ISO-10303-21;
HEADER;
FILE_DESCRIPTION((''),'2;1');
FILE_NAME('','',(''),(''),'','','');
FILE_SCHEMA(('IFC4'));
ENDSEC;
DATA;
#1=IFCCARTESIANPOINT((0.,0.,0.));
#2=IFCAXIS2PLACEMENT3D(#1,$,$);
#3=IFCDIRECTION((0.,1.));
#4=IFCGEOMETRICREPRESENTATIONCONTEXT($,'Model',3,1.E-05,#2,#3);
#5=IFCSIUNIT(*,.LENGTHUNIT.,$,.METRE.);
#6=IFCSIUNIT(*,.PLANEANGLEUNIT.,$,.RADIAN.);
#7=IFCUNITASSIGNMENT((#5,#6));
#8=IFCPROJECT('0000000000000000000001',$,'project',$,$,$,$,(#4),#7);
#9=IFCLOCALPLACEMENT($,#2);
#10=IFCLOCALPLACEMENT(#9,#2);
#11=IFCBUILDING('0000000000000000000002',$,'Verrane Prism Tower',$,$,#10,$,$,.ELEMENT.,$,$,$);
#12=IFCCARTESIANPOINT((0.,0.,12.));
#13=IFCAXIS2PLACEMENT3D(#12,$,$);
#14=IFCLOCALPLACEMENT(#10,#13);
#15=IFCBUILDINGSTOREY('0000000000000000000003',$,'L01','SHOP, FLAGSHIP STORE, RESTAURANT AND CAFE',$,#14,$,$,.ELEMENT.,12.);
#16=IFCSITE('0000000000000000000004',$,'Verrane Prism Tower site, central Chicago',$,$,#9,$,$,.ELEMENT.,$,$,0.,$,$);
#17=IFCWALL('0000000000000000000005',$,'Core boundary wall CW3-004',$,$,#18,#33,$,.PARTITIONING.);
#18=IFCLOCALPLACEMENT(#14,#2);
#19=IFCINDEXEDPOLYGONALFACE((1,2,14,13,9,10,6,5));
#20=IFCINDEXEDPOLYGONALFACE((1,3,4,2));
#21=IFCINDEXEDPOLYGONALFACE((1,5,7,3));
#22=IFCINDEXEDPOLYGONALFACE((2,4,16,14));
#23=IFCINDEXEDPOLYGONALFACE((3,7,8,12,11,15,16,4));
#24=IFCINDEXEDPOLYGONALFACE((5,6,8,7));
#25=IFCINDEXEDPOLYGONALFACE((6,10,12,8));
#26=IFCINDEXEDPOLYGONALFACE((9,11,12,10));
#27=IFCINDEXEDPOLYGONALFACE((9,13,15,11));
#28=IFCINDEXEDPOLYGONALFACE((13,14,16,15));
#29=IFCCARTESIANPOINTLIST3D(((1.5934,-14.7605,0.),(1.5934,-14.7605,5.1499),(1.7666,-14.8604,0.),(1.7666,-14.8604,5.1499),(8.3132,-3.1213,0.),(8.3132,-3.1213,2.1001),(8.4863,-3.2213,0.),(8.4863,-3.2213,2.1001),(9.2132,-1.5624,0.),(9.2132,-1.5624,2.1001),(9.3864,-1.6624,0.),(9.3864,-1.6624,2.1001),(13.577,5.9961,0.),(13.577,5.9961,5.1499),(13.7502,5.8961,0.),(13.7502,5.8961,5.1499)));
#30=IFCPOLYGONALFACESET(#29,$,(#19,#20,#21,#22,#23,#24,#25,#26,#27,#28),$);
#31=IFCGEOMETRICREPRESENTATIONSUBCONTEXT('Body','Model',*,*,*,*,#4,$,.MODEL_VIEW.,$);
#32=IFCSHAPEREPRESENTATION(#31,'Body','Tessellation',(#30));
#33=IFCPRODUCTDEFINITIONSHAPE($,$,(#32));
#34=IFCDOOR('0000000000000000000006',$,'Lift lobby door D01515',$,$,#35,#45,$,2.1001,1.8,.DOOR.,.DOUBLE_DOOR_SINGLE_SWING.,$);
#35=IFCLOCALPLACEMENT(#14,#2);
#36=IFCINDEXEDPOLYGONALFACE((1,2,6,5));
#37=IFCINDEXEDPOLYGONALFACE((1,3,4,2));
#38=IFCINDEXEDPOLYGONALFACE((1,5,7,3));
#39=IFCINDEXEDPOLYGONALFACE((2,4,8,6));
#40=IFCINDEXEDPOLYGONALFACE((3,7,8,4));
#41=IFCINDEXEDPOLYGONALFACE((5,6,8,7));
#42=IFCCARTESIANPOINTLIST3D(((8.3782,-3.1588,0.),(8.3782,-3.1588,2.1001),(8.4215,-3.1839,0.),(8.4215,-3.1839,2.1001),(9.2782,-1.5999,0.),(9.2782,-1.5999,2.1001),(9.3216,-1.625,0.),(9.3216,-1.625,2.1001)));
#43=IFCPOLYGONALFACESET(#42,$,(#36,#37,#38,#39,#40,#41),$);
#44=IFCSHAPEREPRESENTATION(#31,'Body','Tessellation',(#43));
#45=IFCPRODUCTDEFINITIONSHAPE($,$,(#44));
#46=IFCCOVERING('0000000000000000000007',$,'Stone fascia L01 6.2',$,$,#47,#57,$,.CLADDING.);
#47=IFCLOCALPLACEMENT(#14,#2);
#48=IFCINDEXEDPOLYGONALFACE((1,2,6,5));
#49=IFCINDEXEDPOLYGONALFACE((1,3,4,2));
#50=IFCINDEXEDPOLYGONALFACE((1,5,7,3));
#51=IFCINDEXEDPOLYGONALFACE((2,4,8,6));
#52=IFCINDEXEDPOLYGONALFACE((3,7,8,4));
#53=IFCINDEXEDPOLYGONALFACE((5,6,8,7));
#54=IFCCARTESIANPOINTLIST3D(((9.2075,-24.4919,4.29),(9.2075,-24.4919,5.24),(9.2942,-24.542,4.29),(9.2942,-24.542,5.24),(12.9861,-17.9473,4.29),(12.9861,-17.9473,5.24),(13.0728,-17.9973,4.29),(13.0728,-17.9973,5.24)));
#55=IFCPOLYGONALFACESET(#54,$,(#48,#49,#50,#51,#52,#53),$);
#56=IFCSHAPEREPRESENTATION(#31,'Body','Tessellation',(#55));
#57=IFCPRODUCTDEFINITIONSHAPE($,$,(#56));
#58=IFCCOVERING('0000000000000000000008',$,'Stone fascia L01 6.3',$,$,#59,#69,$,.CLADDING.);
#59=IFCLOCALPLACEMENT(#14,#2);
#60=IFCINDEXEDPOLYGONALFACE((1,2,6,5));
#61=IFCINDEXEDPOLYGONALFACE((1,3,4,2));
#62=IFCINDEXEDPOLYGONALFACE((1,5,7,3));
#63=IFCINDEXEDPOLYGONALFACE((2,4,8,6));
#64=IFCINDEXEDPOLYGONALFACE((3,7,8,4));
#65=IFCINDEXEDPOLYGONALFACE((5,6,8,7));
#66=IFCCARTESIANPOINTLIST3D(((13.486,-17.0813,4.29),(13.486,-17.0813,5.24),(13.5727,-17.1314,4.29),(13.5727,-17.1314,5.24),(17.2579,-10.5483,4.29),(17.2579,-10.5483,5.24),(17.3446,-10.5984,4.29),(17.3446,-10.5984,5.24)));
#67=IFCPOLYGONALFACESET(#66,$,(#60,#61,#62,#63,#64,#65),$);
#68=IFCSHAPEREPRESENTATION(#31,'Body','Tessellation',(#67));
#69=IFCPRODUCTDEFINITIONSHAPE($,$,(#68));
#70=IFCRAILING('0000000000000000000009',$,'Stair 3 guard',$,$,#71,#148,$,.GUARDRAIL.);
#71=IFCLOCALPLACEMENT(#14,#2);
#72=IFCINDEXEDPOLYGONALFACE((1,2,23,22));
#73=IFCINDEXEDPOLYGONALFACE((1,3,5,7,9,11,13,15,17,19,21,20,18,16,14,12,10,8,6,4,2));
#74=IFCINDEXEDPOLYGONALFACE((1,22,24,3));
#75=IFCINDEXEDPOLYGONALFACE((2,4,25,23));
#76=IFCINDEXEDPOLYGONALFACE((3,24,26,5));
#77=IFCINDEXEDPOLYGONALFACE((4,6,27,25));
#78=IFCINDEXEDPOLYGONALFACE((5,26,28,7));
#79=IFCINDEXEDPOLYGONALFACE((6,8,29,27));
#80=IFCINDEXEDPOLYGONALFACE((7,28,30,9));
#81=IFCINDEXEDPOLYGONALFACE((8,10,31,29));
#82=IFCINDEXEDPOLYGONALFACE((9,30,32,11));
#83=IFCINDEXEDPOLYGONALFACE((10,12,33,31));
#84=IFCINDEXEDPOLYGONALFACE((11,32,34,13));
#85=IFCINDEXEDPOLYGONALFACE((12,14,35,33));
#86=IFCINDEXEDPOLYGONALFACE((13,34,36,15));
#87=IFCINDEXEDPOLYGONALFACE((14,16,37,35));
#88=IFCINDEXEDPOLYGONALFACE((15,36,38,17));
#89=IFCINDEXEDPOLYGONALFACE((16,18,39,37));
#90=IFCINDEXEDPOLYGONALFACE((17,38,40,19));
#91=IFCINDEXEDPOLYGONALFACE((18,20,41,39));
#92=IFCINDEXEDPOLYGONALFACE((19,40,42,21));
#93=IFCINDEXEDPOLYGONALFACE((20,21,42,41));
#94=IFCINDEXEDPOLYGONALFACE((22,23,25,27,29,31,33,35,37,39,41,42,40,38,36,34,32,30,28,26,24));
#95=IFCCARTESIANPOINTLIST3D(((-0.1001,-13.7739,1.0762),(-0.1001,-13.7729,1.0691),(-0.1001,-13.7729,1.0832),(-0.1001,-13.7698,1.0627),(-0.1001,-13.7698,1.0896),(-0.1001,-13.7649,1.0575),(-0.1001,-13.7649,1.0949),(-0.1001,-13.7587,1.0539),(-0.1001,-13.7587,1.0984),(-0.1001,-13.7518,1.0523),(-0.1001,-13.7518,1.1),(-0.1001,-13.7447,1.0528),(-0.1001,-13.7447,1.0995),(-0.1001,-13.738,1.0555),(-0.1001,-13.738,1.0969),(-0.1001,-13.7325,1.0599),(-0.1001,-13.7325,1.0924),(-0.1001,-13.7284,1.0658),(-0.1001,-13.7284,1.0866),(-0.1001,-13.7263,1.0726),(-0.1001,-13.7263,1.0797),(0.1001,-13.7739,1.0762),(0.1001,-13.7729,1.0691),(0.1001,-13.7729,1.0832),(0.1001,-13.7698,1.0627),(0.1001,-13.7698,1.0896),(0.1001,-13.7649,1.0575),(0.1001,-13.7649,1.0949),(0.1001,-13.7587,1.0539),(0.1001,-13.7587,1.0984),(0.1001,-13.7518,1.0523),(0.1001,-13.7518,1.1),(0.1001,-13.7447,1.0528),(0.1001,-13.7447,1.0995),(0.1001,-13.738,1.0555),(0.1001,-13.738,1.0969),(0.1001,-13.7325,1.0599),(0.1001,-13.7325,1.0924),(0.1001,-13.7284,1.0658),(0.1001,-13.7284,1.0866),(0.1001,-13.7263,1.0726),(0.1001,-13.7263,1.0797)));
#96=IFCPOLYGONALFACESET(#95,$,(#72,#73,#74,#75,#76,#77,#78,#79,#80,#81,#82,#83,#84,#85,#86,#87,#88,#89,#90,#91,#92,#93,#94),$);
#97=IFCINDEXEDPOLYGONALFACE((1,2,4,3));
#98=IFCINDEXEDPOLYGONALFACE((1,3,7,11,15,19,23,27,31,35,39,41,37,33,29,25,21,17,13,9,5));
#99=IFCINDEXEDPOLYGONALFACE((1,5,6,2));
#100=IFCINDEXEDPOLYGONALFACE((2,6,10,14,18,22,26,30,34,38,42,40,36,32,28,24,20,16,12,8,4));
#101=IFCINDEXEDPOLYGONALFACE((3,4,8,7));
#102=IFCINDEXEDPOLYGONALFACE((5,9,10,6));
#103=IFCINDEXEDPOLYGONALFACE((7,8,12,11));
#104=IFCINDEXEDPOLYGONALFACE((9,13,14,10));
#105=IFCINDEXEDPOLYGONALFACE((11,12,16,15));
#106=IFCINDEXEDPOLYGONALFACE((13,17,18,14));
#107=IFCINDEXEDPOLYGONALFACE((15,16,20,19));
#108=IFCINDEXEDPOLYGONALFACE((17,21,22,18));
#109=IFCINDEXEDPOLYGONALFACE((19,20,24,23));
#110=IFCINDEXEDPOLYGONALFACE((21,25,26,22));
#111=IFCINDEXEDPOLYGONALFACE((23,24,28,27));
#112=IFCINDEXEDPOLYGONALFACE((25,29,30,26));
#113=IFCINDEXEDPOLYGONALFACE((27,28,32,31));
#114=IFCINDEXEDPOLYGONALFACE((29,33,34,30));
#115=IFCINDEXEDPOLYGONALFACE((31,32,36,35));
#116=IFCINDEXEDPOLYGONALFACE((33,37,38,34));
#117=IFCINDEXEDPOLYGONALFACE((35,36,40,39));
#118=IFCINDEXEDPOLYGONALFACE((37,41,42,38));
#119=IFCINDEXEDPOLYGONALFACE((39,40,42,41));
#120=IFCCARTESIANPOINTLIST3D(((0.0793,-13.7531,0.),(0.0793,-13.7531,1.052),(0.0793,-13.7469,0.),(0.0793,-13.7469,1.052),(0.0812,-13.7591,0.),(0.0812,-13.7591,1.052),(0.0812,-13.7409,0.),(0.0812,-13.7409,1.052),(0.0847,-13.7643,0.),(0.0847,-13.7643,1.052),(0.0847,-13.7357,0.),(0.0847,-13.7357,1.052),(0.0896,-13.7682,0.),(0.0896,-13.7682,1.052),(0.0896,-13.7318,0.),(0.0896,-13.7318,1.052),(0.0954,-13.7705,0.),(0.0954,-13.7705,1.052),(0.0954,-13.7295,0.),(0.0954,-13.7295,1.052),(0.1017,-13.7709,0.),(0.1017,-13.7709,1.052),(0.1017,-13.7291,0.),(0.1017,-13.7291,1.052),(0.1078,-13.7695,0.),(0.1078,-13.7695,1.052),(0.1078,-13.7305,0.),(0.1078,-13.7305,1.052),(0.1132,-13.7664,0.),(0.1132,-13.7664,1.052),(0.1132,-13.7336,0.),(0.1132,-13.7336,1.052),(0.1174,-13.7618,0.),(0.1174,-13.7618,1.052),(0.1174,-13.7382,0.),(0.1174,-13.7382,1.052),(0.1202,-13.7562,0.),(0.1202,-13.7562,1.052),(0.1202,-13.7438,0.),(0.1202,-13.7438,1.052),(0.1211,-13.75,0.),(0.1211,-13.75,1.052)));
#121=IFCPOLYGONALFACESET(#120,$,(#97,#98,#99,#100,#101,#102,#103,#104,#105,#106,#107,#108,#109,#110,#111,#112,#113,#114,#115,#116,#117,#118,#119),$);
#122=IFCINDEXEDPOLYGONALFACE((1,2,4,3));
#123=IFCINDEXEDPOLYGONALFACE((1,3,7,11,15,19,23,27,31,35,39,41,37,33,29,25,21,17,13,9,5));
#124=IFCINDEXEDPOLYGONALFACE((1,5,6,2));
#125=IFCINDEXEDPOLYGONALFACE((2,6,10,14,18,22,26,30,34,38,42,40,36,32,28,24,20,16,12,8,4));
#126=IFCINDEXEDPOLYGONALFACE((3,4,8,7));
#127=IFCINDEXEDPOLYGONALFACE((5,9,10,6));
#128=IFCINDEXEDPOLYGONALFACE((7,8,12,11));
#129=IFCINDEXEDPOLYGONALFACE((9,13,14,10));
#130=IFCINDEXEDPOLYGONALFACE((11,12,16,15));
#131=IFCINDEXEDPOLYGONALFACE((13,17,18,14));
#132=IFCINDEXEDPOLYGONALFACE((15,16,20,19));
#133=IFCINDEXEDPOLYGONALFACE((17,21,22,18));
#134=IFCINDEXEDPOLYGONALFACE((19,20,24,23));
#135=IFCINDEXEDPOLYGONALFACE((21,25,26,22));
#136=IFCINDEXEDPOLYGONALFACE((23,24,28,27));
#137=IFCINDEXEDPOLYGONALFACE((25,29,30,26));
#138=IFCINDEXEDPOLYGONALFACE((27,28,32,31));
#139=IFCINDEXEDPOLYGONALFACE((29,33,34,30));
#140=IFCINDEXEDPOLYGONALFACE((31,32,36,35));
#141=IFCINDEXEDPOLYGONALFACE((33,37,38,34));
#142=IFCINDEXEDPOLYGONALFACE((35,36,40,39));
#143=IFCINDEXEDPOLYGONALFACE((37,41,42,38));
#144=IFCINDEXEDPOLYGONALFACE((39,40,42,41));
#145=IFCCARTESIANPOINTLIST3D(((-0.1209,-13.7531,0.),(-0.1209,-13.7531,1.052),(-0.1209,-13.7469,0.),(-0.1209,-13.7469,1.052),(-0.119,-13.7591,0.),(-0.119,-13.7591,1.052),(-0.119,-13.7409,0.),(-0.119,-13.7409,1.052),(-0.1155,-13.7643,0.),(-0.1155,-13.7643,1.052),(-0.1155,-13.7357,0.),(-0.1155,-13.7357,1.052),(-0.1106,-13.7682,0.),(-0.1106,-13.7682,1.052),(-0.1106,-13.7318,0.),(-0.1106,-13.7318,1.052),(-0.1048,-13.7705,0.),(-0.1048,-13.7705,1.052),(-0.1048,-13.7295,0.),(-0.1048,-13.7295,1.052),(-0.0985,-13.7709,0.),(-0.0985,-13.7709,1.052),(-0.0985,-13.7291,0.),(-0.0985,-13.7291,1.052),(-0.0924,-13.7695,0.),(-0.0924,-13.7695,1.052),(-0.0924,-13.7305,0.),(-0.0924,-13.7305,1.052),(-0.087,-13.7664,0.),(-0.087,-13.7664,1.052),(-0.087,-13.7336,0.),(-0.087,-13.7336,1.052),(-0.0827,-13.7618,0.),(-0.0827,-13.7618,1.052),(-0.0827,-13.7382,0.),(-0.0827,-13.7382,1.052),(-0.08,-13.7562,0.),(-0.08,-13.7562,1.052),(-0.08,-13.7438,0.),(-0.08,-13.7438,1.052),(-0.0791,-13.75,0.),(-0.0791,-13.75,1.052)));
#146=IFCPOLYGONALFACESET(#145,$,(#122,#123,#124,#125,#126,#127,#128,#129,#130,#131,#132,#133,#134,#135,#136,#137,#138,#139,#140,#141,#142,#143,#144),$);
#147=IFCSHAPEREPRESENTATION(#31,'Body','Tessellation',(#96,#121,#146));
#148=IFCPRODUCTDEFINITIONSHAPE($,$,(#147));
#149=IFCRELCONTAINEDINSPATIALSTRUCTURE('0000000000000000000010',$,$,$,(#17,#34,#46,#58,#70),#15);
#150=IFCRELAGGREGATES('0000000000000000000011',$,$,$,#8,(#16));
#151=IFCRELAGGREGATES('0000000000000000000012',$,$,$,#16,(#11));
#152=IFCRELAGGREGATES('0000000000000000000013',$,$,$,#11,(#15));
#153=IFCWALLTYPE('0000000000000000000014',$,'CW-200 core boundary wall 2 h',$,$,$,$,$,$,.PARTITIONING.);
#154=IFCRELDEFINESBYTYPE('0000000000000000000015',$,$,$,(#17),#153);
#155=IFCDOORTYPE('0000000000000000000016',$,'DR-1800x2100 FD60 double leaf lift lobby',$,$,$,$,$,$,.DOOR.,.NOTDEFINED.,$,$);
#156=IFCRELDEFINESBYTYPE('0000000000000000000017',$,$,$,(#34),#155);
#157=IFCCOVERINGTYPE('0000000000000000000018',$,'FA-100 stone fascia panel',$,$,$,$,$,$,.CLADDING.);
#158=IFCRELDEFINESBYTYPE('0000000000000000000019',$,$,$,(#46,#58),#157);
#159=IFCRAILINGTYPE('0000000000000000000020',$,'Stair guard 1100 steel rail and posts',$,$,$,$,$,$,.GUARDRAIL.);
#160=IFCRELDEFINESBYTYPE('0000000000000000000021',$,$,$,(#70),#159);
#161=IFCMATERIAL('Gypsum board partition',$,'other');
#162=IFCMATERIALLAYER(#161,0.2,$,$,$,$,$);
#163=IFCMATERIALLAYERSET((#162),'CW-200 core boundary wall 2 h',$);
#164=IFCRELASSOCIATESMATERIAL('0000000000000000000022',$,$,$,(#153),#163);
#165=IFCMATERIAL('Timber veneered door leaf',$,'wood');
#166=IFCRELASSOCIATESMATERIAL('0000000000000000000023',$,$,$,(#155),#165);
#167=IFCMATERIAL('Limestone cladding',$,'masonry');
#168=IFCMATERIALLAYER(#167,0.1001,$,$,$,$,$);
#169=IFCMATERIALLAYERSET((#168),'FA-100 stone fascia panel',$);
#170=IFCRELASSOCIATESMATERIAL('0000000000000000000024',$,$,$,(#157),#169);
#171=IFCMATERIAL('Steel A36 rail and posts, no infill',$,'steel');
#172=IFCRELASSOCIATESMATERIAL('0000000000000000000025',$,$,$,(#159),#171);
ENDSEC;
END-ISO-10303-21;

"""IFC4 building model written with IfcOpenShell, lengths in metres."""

from ifc_helpers import new_model, si_unit, direction, frame, frame_2d, origin, origin_2d, place, context, subcontext, project, spatial, rectangle, circle, extrude, material, layer, layer_set, type_object, element, fill, save


model = new_model("IFC4")

# Units and contexts
model_context = context("Model", 3, precision=1e-05, world=origin(), true_north=direction((0.0, 1.0)))
body_context = subcontext(model_context, "Body", "Model", "MODEL_VIEW")
ifc_project = project(units=[si_unit("LENGTHUNIT", "METRE"), si_unit("PLANEANGLEUNIT", "RADIAN")], contexts=[model_context])

# Site, building, storey
site_placement = place(None, origin())
site = spatial("IfcSite", under=ifc_project, at=site_placement, Name="Verrane Prism Tower site, central Chicago", CompositionType="ELEMENT", RefElevation=0.0)
building_placement = place(site_placement, origin())
building = spatial("IfcBuilding", under=site, at=building_placement, Name="Verrane Prism Tower", CompositionType="ELEMENT")
storey_placement = place(building_placement, frame((0.0, 0.0, 12.0)))
storey = spatial("IfcBuildingStorey", under=building, at=storey_placement, Name="L01", Description="SHOP, FLAGSHIP STORE, RESTAURANT AND CAFE", CompositionType="ELEMENT", Elevation=12.0)

# Wall, opening, door
ifc_material_1 = material(Name="Gypsum board partition", Category="other")
ifc_layer_1 = layer(ifc_material_1, 0.2)
ifc_layer_set_1 = layer_set([ifc_layer_1], Name="CW-200 core boundary wall 2 h")
wall_type_1 = type_object("IfcWallType", Name="CW-200 core boundary wall 2 h", PredefinedType="PARTITIONING", material=ifc_layer_set_1)
wall_1_placement = place(storey_placement, frame((1.6799, -14.8105, 0.0), z_axis=(0.0, 0.0, 1.0), x_axis=(0.499994, 0.866029, 0.0)))
wall_1 = element("IfcWall", 1, at=wall_1_placement, inside=storey, type_object=wall_type_1, Name="Core boundary wall CW3-004", PredefinedType="PARTITIONING", context=body_context, shape_type="SweptSolid", body=[
    extrude(rectangle(XDim=23.9675, YDim=0.2, at=frame_2d((11.9839, 0.0))), origin(), (0.0, 0.0, 1.0), 5.1499),
])
opening_placement = place(wall_1_placement, frame((13.4399, 0.0, 0.0)))
opening = element("IfcOpeningElement", 2, at=opening_placement, cuts=wall_1, PredefinedType="OPENING", context=body_context, shape_type="SweptSolid", body=[
    extrude(rectangle(XDim=1.8, YDim=2.1001, at=frame_2d((0.8999, 1.05))), frame((0.0, 0.1099, 0.0), z_axis=(0.0, -1.0, 0.0), x_axis=(1.0, 0.0, 0.0)), (0.0, 0.0, 1.0), 0.22),
])
ifc_material_2 = material(Name="Timber veneered door leaf", Category="wood")
door_type = type_object("IfcDoorType", Name="DR-1800x2100 FD60 double leaf lift lobby", OperationType="NOTDEFINED", PredefinedType="DOOR", material=ifc_material_2)
door_placement = place(opening_placement, origin())
door = element("IfcDoor", 3, at=door_placement, inside=storey, type_object=door_type, Name="Lift lobby door D01515", OperationType="DOUBLE_DOOR_SINGLE_SWING", OverallHeight=2.1001, OverallWidth=1.8, PredefinedType="DOOR", context=body_context, shape_type="SweptSolid", body=[
    extrude(rectangle(XDim=1.8, YDim=2.1001, at=frame_2d((0.8999, 1.05))), frame((0.0, 0.0249, 0.0), z_axis=(0.0, -1.0, 0.0), x_axis=(1.0, 0.0, 0.0)), (0.0, 0.0, 1.0), 0.05),
])
fill(opening, door)

# Coverings
ifc_material_3 = material(Name="Limestone cladding", Category="masonry")
ifc_layer_2 = layer(ifc_material_3, 0.1001)
ifc_layer_set_2 = layer_set([ifc_layer_2], Name="FA-100 stone fascia panel")
covering_type = type_object("IfcCoveringType", Name="FA-100 stone fascia panel", PredefinedType="CLADDING", material=ifc_layer_set_2)
covering_1_placement = place(storey_placement, frame((11.1401, -21.2446, 4.29), z_axis=(0.0, 0.0, 1.0), x_axis=(0.5, 0.866025, 0.0)))
element("IfcCovering", 4, at=covering_1_placement, inside=storey, type_object=covering_type, Name="Stone fascia L01 6.2", PredefinedType="CLADDING", context=body_context, shape_type="SweptSolid", body=[
    extrude(rectangle(XDim=7.5571, YDim=0.1001, at=origin_2d()), origin(), (0.0, 0.0, 1.0), 0.95),
])
covering_2_placement = place(storey_placement, frame((15.4153, -13.8398, 4.29), z_axis=(0.0, 0.0, 1.0), x_axis=(0.5, 0.866025, 0.0)))
element("IfcCovering", 5, at=covering_2_placement, inside=storey, type_object=covering_type, Name="Stone fascia L01 6.3", PredefinedType="CLADDING", context=body_context, shape_type="SweptSolid", body=[
    extrude(rectangle(XDim=7.5437, YDim=0.1001, at=origin_2d()), origin(), (0.0, 0.0, 1.0), 0.95),
])

# Railing
ifc_material_4 = material(Name="Steel A36 rail and posts, no infill", Category="steel")
railing_type = type_object("IfcRailingType", Name="Stair guard 1100 steel rail and posts", PredefinedType="GUARDRAIL", material=ifc_material_4)
railing_placement = place(storey_placement, frame((0.1001, -13.75, 0.0)))
element("IfcRailing", 6, at=railing_placement, inside=storey, type_object=railing_type, Name="Stair 3 guard", PredefinedType="GUARDRAIL", context=body_context, shape_type="SweptSolid", body=[
    extrude(circle(Radius=0.0239, at=origin_2d()), frame((0.0, 0.0, 1.0762), z_axis=(-1.0, 0.0, 0.0), x_axis=(0.0, -1.0, 0.0)), (0.0, 0.0, 1.0), 0.2002),
    extrude(circle(Radius=0.021, at=origin_2d()), origin(), (0.0, 0.0, 1.0), 1.052),
    extrude(circle(Radius=0.021, at=origin_2d()), frame((-0.2002, 0.0, 0.0)), (0.0, 0.0, 1.0), 1.052),
])

save(model, "model.ifc")
